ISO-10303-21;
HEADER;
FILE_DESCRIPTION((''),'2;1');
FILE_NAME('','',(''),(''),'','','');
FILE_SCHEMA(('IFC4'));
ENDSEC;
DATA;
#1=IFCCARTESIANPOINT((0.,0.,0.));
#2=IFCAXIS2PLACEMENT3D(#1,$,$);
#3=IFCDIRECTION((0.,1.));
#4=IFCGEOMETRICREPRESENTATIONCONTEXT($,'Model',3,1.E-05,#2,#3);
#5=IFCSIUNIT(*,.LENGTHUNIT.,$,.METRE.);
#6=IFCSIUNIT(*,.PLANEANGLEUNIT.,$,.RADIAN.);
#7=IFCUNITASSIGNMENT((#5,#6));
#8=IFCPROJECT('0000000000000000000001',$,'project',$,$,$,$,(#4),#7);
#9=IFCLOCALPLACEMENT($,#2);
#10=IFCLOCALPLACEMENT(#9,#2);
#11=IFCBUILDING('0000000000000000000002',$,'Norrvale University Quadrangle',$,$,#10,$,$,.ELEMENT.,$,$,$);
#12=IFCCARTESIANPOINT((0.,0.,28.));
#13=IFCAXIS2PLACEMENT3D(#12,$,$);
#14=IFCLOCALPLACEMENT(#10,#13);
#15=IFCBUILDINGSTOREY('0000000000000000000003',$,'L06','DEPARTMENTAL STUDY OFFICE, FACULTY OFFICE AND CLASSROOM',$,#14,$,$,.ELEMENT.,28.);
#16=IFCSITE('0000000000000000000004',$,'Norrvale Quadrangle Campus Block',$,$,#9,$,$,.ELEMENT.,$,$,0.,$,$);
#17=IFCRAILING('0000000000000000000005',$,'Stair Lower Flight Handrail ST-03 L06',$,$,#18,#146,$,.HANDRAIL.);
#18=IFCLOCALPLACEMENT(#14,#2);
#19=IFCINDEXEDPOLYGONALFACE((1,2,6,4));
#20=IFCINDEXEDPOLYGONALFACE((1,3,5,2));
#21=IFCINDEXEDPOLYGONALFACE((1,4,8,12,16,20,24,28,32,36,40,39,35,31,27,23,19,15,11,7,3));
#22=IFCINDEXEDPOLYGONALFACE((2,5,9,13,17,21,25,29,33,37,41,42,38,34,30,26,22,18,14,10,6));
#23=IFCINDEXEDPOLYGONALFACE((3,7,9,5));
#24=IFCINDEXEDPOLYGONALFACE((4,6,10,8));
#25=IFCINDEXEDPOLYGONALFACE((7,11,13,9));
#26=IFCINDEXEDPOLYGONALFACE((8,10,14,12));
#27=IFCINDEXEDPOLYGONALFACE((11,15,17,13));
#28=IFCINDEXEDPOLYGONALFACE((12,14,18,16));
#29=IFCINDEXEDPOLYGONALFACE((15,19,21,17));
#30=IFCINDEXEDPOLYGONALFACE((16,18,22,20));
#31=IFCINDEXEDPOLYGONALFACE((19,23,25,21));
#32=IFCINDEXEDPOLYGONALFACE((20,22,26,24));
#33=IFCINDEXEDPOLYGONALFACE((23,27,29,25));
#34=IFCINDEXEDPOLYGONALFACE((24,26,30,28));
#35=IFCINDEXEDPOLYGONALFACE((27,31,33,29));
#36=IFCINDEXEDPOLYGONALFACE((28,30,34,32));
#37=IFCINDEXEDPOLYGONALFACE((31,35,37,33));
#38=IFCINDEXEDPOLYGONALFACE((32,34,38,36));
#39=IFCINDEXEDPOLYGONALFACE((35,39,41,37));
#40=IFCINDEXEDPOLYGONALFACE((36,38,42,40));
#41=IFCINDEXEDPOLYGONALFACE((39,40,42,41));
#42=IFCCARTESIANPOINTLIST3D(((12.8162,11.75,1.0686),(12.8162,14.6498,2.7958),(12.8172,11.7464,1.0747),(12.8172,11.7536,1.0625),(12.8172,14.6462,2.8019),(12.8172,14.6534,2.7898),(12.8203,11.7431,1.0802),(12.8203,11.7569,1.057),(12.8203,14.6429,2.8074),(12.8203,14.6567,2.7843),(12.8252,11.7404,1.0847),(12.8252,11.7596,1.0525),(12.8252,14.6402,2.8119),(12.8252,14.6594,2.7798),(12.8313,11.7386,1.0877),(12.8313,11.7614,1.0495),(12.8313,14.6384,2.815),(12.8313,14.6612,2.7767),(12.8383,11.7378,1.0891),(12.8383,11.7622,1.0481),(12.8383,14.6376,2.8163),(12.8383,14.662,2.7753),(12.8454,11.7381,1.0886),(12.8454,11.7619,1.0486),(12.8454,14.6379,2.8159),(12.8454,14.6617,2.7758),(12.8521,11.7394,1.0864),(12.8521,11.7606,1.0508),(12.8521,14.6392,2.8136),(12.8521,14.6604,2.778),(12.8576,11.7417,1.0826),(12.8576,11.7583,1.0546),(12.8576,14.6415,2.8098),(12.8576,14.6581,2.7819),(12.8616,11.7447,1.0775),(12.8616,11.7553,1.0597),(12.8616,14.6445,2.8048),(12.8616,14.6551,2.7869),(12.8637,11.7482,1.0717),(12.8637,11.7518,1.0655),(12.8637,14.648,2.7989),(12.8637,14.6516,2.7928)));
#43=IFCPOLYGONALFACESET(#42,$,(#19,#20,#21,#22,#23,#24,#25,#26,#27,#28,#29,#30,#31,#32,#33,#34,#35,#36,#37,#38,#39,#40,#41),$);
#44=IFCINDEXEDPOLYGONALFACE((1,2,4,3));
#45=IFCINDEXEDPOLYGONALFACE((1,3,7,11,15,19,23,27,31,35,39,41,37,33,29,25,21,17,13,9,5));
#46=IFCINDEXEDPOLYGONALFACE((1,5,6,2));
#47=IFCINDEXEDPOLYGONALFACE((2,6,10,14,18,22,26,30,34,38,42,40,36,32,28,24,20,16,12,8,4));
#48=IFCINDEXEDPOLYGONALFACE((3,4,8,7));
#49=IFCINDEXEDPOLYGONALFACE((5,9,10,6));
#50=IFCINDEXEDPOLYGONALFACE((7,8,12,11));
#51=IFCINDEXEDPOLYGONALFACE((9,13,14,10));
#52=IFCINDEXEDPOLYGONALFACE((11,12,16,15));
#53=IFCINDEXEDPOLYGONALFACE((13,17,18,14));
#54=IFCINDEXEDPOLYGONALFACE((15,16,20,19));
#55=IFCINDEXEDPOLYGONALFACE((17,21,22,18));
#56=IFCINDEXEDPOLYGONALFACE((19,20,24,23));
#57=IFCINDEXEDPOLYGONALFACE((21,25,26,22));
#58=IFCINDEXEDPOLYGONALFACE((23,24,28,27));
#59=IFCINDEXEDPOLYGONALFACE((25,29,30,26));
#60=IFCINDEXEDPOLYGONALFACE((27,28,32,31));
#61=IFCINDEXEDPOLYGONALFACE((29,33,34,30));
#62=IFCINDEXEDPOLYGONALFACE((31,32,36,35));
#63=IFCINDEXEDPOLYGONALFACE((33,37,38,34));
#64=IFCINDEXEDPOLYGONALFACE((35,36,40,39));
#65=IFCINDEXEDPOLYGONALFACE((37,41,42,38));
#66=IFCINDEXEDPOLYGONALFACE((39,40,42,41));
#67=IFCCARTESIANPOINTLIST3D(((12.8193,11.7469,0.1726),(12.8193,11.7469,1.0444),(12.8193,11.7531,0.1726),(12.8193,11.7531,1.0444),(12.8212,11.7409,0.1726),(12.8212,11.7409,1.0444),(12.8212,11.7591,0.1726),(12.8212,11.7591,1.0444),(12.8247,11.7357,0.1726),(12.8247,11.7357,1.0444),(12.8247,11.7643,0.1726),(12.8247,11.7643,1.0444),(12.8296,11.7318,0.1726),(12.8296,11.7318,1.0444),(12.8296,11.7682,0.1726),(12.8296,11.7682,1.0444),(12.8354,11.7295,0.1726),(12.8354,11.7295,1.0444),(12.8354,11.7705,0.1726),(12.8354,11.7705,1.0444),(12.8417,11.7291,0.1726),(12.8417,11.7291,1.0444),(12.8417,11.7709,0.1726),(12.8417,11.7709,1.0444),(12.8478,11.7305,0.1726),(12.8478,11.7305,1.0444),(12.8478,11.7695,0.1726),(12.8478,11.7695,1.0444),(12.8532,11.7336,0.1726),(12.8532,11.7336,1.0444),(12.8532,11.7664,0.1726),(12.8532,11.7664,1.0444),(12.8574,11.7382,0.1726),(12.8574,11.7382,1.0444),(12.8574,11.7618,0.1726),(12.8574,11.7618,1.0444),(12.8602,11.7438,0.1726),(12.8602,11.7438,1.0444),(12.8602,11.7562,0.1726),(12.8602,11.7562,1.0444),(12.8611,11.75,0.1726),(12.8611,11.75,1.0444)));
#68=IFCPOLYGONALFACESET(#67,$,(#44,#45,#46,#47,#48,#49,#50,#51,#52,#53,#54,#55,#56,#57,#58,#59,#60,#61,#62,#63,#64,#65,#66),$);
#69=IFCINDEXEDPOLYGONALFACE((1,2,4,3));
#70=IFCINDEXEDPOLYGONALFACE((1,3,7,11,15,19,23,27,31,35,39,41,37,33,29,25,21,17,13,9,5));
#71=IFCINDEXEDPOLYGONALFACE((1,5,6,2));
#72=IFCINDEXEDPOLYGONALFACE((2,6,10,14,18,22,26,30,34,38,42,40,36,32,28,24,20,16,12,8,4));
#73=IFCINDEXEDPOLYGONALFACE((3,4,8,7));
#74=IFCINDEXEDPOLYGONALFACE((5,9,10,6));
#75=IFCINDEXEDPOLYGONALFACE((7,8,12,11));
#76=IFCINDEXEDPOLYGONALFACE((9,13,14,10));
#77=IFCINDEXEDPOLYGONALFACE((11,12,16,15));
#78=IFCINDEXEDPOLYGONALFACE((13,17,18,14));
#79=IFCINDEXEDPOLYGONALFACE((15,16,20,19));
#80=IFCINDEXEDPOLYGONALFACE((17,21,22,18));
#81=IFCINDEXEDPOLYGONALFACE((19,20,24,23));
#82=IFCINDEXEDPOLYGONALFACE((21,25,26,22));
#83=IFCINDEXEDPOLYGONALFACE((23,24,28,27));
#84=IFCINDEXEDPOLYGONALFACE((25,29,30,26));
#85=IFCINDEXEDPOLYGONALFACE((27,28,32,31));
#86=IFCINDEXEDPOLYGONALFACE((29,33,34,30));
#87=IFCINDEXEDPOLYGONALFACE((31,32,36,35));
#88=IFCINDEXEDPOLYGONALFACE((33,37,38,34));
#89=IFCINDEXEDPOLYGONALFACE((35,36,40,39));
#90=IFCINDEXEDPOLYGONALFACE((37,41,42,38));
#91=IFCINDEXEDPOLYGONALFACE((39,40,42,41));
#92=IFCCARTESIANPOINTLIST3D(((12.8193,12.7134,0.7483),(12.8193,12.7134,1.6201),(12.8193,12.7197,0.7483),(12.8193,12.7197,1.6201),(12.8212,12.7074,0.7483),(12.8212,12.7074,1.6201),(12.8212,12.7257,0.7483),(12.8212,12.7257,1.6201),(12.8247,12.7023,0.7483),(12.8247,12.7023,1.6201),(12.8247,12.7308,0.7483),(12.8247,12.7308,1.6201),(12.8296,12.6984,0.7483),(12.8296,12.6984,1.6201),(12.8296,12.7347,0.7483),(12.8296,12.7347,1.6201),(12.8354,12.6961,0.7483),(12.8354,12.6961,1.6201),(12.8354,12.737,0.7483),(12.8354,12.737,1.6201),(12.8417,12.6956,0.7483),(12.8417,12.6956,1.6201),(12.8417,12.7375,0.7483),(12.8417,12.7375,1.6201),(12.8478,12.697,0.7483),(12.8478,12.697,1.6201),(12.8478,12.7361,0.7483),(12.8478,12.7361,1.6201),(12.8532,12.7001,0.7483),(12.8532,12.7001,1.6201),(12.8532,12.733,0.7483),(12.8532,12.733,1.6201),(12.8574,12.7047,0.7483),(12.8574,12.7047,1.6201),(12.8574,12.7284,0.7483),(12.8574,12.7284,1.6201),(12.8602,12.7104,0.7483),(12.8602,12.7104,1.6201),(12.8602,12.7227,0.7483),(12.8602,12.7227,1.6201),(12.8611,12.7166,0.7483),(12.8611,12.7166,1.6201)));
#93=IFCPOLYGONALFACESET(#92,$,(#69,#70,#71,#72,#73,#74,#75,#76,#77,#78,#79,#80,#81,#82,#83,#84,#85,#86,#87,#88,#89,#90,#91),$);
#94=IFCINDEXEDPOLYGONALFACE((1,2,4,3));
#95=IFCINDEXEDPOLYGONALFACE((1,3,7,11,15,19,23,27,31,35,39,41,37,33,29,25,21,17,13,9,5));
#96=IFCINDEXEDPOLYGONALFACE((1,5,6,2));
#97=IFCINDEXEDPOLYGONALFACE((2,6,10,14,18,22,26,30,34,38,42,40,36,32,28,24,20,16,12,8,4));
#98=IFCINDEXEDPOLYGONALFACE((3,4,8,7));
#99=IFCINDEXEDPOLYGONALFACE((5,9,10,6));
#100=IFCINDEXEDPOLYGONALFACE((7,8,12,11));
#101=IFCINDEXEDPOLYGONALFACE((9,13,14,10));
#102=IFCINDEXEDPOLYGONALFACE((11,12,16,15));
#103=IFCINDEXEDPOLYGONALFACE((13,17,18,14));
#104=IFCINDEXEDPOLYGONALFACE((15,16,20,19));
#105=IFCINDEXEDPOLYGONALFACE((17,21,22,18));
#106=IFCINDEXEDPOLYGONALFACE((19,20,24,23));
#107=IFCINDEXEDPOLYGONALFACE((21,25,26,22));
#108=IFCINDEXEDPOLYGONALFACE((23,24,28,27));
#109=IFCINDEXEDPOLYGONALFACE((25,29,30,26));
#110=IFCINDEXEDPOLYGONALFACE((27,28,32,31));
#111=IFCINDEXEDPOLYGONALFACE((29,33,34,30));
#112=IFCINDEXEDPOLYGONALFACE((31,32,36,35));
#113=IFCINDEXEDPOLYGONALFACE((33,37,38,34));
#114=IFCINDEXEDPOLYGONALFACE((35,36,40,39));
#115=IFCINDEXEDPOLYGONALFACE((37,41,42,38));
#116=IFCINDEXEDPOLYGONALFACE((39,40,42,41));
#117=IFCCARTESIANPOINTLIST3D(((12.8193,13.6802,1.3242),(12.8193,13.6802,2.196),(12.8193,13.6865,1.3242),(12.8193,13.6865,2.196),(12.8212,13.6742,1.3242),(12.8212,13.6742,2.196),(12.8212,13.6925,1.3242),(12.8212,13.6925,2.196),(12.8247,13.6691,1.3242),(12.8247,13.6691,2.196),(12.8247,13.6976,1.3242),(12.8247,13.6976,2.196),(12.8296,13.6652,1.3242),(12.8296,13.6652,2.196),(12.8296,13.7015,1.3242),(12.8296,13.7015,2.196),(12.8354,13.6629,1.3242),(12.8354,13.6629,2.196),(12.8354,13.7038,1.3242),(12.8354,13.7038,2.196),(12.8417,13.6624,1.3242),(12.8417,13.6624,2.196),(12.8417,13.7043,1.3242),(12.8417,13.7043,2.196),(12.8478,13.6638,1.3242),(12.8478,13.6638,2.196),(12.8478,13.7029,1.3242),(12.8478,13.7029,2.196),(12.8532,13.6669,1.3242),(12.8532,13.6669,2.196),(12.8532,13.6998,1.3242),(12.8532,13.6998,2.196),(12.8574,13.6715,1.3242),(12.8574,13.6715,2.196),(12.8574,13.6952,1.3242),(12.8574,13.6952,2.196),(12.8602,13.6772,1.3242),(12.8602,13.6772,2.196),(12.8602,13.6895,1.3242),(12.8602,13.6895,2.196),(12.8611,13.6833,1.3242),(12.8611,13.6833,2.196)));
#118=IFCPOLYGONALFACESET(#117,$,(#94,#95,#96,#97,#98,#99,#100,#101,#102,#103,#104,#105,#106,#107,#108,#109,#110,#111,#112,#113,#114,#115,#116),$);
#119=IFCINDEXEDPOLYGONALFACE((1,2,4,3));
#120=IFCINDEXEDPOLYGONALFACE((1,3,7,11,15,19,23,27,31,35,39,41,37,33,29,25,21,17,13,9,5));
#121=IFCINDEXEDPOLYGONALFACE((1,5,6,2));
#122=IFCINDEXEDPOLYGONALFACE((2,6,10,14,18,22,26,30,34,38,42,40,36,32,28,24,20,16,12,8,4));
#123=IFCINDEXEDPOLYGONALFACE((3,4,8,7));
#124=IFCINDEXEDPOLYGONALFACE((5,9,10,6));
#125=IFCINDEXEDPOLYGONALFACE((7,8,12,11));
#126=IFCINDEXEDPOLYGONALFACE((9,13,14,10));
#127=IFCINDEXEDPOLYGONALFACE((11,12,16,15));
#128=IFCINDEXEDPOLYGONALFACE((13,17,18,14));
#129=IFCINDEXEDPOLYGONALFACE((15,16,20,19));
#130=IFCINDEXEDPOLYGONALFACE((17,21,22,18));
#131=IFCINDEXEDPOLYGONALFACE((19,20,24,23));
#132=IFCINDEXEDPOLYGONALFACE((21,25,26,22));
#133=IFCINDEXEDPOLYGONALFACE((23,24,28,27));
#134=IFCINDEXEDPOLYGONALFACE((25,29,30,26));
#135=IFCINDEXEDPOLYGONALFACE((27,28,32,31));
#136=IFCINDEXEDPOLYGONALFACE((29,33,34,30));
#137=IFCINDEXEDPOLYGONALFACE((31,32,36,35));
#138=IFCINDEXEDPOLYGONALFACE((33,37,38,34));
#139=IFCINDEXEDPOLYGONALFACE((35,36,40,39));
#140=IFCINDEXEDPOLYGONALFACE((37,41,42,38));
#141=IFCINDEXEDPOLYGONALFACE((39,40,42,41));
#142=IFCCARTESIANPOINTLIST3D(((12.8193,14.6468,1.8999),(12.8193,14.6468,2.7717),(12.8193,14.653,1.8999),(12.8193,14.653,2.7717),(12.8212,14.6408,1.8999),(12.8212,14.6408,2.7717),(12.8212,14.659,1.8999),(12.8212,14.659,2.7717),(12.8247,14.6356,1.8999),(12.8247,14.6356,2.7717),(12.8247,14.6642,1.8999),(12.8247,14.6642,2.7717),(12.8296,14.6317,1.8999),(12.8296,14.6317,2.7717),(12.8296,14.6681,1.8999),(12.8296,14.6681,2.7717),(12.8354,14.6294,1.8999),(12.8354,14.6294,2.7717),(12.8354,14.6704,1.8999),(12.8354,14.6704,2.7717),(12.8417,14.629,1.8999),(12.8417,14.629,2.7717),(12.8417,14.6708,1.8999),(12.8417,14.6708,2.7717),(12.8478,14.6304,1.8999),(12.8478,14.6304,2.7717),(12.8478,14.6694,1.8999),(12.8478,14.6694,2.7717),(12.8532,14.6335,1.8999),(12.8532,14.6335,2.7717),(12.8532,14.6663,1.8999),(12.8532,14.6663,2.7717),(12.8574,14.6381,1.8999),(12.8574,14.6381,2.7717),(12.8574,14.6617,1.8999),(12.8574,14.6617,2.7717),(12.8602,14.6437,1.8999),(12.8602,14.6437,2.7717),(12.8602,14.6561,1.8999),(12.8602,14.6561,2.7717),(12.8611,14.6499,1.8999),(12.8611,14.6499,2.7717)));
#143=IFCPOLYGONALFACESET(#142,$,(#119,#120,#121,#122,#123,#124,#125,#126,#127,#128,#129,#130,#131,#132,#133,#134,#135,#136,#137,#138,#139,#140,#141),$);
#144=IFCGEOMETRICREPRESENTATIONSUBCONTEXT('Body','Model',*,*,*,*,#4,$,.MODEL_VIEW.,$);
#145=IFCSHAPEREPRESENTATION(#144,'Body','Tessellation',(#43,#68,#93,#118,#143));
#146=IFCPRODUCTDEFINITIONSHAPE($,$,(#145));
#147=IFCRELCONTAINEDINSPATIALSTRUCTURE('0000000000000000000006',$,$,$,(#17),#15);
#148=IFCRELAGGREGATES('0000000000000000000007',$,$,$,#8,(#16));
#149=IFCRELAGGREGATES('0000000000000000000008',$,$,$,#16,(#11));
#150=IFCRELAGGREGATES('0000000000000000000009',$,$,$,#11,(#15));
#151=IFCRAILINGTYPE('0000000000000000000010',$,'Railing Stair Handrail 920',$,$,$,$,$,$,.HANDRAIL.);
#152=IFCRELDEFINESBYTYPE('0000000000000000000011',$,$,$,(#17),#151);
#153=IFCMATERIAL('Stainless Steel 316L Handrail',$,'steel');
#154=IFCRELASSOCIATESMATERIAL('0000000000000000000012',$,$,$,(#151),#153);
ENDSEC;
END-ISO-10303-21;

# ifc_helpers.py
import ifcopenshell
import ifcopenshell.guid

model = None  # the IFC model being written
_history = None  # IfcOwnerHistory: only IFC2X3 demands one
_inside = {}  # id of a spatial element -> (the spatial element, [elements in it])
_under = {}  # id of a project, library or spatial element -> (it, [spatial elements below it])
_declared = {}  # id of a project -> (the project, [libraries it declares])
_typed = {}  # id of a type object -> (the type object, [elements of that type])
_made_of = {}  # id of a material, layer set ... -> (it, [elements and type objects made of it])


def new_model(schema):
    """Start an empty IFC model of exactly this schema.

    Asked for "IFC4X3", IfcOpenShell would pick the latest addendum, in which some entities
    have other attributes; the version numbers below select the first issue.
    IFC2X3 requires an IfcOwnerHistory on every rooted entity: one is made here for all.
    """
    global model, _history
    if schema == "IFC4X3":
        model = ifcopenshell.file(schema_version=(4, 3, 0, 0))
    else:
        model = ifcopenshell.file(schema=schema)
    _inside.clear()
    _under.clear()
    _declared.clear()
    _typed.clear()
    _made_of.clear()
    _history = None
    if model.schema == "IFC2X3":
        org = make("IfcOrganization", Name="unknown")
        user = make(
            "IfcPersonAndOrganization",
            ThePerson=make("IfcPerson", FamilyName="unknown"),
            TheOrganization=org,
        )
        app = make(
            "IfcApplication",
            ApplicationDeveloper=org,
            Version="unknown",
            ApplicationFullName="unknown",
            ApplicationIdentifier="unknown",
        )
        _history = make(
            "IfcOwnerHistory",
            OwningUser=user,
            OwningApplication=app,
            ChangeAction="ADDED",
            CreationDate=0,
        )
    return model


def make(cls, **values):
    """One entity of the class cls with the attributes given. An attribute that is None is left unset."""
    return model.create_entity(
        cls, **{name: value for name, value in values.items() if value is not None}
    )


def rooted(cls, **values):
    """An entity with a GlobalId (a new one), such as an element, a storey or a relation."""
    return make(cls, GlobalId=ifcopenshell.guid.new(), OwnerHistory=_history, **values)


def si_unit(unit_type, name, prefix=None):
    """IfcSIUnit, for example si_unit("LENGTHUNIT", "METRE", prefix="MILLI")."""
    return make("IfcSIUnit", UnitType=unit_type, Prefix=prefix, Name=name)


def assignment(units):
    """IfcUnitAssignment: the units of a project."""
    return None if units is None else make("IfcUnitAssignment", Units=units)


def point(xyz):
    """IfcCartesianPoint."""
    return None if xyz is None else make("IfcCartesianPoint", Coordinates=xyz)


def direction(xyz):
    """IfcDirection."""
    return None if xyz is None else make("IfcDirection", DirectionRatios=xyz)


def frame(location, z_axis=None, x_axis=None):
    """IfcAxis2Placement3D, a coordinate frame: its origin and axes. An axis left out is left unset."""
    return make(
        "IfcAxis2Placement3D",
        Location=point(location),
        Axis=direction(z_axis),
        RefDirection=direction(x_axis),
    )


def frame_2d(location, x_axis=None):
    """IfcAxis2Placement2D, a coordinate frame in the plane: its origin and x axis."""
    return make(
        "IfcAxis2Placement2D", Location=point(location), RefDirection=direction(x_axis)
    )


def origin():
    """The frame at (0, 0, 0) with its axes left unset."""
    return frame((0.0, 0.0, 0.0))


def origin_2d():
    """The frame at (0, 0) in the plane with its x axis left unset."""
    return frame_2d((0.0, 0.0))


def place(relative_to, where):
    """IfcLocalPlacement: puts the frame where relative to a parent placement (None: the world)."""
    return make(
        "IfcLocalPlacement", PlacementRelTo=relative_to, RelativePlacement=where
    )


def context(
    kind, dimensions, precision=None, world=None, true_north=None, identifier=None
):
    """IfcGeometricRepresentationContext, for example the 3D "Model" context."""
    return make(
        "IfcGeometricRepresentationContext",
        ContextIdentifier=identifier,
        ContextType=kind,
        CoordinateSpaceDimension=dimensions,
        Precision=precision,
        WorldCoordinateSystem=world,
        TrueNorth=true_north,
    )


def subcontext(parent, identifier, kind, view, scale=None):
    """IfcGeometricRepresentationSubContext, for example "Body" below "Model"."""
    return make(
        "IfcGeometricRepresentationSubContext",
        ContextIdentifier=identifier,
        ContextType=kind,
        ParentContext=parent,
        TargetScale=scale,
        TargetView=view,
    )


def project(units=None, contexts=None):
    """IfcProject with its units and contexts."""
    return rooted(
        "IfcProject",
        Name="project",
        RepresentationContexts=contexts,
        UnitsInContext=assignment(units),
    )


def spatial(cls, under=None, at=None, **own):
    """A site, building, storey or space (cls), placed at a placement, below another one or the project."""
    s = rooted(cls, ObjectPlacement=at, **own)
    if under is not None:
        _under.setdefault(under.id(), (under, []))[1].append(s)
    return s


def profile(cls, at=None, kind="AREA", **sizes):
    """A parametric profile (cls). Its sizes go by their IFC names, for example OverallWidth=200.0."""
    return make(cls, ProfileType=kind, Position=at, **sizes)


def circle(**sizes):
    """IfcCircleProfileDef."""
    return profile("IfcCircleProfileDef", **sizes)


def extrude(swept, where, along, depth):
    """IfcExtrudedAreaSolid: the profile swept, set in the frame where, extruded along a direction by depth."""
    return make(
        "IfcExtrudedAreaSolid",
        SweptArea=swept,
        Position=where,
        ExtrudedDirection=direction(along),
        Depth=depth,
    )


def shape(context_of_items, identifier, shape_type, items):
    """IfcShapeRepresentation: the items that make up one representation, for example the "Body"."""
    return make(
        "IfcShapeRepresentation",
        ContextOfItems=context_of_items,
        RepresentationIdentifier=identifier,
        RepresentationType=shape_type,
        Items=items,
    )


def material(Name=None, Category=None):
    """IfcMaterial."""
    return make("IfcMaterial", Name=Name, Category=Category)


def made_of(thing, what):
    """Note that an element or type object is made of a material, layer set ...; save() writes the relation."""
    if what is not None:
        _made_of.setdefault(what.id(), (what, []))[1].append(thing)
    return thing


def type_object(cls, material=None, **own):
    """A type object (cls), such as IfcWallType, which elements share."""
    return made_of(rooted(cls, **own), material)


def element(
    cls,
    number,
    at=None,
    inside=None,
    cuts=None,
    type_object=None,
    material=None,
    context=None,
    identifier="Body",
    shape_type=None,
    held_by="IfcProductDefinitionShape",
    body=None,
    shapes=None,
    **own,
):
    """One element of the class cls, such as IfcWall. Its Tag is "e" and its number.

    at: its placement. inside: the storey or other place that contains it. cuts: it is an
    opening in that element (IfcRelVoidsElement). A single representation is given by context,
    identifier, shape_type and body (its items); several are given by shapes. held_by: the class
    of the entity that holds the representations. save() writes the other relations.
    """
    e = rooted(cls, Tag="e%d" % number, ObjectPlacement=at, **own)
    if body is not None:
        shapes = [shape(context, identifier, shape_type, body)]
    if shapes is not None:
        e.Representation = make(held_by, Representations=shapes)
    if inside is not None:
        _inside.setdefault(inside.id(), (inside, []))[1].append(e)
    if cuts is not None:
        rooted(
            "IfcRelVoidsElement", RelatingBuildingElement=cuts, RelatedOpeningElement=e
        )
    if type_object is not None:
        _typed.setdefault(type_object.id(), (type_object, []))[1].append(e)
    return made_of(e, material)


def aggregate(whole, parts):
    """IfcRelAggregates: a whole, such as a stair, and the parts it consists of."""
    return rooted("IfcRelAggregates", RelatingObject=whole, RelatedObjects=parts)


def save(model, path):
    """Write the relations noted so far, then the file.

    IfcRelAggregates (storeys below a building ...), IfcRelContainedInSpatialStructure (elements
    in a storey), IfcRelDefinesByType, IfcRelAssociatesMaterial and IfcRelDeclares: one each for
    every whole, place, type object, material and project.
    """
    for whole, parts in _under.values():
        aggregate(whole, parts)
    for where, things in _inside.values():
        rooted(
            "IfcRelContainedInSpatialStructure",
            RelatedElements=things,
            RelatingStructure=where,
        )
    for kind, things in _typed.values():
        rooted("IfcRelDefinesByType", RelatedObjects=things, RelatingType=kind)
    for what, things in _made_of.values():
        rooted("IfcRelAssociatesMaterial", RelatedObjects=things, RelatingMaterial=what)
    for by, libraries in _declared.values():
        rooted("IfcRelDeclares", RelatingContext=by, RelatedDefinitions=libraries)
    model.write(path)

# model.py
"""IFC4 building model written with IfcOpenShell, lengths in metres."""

from ifc_helpers import new_model, si_unit, direction, frame, origin, origin_2d, place, context, subcontext, project, spatial, circle, extrude, material, type_object, element, save


model = new_model("IFC4")

# Units and contexts
model_context = context("Model", 3, precision=1e-05, world=origin(), true_north=direction((0.0, 1.0)))
body_context = subcontext(model_context, "Body", "Model", "MODEL_VIEW")
ifc_project = project(units=[si_unit("LENGTHUNIT", "METRE"), si_unit("PLANEANGLEUNIT", "RADIAN")], contexts=[model_context])

# Site, building, storey
site_placement = place(None, origin())
site = spatial("IfcSite", under=ifc_project, at=site_placement, Name="Norrvale Quadrangle Campus Block", CompositionType="ELEMENT", RefElevation=0.0)
building_placement = place(site_placement, origin())
building = spatial("IfcBuilding", under=site, at=building_placement, Name="Norrvale University Quadrangle", CompositionType="ELEMENT")
storey_placement = place(building_placement, frame((0.0, 0.0, 28.0)))
storey = spatial("IfcBuildingStorey", under=building, at=storey_placement, Name="L06", Description="DEPARTMENTAL STUDY OFFICE, FACULTY OFFICE AND CLASSROOM", CompositionType="ELEMENT", Elevation=28.0)

# Railing
ifc_material_1 = material(Name="Stainless Steel 316L Handrail", Category="steel")
railing_type_1 = type_object("IfcRailingType", Name="Railing Stair Handrail 920", PredefinedType="HANDRAIL", material=ifc_material_1)
railing_1_placement = place(storey_placement, frame((12.8401, 11.75, 0.1726)))
element("IfcRailing", 1, at=railing_1_placement, inside=storey, type_object=railing_type_1, Name="Stair Lower Flight Handrail ST-03 L06", PredefinedType="HANDRAIL", context=body_context, shape_type="SweptSolid", body=[
    extrude(circle(Radius=0.0239, at=origin_2d()), frame((0.0, 0.0, 0.896), z_axis=(0.0, 0.859141, 0.511738), x_axis=(-1.0, 0.0, 0.0)), (0.0, 0.0, 1.0), 3.3752),
    extrude(circle(Radius=0.021, at=origin_2d()), origin(), (0.0, 0.0, 1.0), 0.8718),
    extrude(circle(Radius=0.021, at=origin_2d()), frame((0.0, 0.9666, 0.5757)), (0.0, 0.0, 1.0), 0.8718),
    extrude(circle(Radius=0.021, at=origin_2d()), frame((0.0, 1.9333, 1.1516)), (0.0, 0.0, 1.0), 0.8718),
    extrude(circle(Radius=0.021, at=origin_2d()), frame((0.0, 2.8999, 1.7273)), (0.0, 0.0, 1.0), 0.8718),
])

save(model, "model.ifc")
